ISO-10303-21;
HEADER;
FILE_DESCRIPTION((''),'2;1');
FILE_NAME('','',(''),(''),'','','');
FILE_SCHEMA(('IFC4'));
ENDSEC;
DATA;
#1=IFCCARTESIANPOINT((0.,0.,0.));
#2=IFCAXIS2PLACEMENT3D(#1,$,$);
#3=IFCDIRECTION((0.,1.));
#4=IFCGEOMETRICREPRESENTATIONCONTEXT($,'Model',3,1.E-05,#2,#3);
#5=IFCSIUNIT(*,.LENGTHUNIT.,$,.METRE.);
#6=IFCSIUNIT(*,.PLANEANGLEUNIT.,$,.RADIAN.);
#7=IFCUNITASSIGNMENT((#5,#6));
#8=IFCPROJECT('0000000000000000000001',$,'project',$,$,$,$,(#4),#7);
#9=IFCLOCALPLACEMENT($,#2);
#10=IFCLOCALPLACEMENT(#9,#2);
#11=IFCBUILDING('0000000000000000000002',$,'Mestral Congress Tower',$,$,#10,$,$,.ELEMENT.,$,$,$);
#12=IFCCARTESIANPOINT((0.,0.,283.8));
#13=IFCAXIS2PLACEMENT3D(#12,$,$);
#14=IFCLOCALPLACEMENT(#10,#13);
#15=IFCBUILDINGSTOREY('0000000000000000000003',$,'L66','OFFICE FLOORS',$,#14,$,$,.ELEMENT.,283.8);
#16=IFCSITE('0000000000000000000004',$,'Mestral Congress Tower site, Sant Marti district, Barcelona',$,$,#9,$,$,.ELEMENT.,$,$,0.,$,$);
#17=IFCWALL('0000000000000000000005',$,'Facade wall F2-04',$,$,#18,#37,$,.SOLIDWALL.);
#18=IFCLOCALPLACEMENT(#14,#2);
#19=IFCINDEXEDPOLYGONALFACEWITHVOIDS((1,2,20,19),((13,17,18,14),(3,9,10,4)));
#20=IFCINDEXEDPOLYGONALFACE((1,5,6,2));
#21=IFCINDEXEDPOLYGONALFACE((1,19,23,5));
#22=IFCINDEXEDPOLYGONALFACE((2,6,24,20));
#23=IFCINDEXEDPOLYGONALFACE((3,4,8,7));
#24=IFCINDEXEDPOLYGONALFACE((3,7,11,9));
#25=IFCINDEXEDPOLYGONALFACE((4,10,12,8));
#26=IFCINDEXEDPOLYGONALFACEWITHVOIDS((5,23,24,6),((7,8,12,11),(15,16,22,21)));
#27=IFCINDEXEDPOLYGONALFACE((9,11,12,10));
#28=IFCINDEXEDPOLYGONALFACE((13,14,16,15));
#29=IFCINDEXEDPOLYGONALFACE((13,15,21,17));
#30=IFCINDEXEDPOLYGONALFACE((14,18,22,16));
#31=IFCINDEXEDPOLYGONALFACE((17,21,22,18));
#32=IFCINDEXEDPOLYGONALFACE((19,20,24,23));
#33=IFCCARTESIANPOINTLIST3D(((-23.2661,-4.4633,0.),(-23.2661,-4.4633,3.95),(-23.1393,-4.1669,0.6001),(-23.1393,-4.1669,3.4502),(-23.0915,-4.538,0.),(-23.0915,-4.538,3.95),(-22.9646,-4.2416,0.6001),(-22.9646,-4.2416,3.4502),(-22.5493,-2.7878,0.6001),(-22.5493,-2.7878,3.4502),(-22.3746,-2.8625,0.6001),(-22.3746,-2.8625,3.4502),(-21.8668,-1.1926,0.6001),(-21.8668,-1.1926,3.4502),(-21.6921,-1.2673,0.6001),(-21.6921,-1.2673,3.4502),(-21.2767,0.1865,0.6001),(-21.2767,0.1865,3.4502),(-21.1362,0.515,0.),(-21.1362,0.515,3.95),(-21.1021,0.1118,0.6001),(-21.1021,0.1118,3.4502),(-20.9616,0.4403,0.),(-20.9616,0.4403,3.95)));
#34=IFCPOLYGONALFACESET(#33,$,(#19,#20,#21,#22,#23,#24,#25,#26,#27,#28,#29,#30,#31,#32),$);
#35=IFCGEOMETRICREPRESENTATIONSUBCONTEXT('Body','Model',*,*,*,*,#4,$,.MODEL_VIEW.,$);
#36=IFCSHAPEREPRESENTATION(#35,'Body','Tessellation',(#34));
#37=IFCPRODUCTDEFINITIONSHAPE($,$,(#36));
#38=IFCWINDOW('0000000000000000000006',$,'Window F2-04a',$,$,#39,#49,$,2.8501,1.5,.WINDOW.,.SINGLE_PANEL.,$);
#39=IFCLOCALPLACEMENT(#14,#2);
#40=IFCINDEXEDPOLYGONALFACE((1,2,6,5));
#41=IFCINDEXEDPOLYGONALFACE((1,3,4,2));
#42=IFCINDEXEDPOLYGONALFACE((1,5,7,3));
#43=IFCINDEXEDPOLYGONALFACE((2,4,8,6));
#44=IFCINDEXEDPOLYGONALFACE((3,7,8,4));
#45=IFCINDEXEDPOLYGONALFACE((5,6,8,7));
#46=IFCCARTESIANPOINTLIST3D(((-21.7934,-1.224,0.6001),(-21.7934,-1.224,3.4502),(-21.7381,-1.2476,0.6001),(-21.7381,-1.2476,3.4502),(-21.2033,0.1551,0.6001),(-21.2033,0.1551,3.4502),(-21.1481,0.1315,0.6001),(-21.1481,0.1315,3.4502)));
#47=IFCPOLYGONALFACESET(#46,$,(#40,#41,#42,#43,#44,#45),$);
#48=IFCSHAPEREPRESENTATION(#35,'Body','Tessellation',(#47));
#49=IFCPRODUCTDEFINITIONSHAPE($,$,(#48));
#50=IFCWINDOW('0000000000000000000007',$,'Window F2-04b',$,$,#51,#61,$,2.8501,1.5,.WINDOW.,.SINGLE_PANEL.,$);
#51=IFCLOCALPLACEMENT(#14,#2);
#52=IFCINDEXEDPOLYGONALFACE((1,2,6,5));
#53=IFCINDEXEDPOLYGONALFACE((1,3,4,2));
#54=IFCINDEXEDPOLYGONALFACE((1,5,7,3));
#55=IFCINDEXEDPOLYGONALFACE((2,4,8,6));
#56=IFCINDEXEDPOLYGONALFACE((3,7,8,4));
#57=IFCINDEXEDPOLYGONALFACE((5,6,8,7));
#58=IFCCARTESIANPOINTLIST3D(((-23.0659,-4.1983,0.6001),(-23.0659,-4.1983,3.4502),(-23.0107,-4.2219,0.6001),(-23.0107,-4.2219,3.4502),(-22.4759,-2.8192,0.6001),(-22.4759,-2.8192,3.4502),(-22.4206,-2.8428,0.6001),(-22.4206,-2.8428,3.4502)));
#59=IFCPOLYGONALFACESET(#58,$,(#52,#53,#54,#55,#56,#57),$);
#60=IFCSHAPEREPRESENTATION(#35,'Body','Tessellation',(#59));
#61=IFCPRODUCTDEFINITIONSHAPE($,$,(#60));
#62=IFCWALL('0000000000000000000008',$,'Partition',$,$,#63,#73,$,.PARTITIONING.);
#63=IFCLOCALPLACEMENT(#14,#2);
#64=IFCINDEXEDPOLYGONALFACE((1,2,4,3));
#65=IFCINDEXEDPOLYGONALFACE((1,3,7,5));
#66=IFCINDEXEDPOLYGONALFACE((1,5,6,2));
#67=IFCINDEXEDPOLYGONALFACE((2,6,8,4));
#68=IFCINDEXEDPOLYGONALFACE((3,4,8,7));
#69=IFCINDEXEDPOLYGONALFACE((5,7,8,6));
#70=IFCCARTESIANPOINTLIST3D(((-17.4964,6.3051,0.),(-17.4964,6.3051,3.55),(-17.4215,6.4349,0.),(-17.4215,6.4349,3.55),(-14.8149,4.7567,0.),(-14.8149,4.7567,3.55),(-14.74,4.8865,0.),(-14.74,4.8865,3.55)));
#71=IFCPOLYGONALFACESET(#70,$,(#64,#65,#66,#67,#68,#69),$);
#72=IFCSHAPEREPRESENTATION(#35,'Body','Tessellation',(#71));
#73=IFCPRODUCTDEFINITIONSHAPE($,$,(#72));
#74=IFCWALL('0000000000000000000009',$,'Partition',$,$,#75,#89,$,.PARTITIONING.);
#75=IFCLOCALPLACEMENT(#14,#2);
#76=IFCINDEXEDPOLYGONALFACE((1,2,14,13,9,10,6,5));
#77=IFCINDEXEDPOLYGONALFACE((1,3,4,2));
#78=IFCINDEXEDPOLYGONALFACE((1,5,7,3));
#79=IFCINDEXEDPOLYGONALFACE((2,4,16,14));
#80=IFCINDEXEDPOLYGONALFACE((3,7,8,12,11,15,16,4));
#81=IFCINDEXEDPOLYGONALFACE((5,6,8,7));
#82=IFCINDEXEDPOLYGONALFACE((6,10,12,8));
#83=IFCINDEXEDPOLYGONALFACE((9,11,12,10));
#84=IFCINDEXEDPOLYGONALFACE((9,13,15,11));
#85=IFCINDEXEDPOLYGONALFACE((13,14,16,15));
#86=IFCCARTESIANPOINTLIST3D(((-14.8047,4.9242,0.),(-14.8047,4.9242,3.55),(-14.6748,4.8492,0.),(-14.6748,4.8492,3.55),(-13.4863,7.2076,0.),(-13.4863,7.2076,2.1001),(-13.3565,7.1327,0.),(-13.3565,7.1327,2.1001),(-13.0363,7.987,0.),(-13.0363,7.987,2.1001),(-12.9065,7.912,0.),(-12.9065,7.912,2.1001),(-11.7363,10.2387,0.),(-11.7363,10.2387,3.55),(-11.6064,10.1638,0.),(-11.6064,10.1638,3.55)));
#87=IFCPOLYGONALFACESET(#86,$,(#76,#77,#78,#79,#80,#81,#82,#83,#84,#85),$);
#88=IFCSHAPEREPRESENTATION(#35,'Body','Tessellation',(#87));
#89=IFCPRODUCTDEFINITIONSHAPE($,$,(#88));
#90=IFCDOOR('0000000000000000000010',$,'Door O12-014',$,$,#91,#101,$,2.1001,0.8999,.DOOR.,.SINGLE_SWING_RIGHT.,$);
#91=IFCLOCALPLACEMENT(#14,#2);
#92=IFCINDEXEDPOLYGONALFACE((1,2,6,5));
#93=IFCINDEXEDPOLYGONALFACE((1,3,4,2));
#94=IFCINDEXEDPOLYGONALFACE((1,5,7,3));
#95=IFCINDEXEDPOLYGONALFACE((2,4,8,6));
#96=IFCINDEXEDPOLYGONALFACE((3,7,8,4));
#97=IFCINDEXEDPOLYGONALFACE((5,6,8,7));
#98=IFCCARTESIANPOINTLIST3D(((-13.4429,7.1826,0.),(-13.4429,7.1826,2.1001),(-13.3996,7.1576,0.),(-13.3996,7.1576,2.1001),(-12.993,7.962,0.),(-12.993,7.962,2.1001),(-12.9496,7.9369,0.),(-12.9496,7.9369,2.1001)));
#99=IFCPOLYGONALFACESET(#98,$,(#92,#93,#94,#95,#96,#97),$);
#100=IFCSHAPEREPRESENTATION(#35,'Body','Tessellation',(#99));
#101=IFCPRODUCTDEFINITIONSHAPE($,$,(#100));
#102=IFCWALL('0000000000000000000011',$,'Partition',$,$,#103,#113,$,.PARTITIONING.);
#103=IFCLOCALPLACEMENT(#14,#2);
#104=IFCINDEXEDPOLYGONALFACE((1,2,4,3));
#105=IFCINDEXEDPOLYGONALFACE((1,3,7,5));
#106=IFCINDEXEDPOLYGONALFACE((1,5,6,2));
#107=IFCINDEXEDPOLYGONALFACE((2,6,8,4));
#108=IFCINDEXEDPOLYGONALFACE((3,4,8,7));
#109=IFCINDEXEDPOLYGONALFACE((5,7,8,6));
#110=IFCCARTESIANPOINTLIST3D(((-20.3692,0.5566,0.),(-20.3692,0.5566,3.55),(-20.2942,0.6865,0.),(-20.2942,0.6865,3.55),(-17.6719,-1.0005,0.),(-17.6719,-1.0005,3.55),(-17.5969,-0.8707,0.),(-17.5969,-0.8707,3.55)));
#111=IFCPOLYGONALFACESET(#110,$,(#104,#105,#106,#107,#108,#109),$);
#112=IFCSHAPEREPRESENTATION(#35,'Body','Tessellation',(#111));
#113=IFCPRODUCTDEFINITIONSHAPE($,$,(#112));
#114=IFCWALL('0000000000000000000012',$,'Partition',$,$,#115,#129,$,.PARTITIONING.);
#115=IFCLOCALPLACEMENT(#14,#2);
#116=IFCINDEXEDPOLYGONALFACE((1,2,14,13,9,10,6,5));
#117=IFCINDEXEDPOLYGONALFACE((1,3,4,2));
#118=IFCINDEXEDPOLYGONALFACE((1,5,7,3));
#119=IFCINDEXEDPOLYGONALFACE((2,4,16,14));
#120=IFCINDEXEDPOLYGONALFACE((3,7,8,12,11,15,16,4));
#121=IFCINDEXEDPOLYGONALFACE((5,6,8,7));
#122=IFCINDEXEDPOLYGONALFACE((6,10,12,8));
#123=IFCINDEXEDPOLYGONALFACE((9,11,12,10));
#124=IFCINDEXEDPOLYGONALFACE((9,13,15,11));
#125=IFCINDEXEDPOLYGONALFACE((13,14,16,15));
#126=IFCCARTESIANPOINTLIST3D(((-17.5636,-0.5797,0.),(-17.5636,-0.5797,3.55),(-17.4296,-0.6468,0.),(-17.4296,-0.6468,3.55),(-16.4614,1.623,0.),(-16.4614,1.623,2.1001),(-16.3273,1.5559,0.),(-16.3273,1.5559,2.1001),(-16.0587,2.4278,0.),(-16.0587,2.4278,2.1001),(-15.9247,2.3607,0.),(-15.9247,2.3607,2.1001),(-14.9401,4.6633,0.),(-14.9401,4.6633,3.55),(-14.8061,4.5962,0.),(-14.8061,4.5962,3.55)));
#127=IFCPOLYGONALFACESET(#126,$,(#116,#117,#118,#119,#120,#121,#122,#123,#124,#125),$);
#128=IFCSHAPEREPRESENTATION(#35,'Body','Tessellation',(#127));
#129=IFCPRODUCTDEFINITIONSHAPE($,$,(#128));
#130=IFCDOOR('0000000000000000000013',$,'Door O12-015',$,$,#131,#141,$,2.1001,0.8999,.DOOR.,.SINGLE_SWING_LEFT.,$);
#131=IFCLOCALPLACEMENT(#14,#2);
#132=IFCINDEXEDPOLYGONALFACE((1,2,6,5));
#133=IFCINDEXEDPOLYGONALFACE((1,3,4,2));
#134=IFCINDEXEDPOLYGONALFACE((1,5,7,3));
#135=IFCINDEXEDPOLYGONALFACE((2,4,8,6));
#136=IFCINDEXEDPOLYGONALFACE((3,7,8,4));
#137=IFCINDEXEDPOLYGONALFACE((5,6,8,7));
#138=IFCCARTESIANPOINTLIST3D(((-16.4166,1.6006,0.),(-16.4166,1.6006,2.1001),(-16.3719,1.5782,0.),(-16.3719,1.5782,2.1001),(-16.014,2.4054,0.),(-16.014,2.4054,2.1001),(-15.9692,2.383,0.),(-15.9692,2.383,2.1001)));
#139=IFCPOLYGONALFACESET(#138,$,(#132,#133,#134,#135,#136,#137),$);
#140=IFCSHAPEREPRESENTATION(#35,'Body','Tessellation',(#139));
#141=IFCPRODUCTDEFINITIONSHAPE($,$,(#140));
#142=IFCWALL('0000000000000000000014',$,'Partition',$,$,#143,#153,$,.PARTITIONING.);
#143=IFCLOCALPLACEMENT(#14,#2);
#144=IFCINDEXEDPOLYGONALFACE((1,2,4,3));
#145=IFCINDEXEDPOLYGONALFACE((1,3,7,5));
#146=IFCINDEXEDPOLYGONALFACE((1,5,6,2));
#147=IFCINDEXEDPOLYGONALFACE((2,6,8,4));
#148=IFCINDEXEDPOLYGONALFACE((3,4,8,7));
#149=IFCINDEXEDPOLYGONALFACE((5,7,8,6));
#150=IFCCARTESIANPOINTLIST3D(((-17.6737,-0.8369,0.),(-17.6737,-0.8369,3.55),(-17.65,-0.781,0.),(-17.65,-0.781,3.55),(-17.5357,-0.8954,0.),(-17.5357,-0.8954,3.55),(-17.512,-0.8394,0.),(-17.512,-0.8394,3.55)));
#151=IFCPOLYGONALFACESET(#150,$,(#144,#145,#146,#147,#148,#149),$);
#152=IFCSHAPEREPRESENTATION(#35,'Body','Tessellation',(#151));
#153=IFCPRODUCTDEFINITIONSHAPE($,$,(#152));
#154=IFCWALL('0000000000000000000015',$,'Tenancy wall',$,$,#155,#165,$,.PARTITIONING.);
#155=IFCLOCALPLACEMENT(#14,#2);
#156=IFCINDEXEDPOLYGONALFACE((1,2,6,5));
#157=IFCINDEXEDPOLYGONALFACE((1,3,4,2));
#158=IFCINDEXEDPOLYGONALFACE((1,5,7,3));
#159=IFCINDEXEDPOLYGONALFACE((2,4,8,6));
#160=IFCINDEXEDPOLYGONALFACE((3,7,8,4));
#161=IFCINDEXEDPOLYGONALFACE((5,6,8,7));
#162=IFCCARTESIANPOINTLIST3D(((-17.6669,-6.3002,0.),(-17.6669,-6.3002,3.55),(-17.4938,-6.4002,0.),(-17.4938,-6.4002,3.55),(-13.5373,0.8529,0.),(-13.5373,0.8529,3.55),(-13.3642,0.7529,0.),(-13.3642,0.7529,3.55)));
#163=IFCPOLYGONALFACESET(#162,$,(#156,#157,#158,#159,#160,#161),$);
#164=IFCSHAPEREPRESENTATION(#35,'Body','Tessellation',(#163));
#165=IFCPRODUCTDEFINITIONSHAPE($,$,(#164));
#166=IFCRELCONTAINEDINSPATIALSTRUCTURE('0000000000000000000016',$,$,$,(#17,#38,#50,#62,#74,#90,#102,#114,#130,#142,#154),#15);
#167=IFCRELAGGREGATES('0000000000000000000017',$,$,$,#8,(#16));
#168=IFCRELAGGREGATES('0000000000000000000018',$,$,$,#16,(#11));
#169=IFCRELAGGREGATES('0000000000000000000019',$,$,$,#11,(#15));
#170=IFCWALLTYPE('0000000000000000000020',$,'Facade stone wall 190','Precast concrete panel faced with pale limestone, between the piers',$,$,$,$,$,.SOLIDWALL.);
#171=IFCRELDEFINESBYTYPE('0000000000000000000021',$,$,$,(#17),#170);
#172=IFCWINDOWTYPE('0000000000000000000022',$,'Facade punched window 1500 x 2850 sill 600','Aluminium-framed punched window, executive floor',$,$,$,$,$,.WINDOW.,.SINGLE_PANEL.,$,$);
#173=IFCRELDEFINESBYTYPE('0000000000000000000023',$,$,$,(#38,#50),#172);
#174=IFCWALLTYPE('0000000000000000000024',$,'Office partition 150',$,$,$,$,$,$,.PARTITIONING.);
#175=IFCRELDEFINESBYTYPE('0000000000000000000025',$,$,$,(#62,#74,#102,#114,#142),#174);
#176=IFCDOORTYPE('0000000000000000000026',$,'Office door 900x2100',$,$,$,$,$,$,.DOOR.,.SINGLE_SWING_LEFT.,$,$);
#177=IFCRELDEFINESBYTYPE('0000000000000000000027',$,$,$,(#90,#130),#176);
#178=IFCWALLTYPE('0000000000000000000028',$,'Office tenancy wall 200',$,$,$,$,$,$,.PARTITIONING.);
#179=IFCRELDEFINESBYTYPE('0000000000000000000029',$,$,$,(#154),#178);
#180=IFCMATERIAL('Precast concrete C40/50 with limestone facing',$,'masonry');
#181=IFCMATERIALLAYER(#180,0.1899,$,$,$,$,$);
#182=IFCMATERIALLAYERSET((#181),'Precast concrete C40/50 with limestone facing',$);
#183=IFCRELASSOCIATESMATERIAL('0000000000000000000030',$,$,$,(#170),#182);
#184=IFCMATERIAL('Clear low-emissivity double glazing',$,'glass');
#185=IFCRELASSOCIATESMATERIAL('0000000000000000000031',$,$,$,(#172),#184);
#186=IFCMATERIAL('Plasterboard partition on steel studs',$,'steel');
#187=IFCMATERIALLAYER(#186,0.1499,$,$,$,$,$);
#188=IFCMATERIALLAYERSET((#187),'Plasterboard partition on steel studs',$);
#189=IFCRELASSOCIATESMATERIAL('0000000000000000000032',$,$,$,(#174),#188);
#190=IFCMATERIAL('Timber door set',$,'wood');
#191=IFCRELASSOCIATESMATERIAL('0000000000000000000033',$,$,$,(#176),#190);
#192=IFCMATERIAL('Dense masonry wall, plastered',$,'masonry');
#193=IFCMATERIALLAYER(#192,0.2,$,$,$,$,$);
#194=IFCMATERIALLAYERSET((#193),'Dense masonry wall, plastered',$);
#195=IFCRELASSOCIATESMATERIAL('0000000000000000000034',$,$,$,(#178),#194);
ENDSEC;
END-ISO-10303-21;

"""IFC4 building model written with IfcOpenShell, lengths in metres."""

from ifc_helpers import new_model, si_unit, direction, frame, frame_2d, origin, place, context, subcontext, project, spatial, rectangle, extrude, material, layer, layer_set, type_object, element, fill, save


model = new_model("IFC4")

# Units and contexts
model_context = context("Model", 3, precision=1e-05, world=origin(), true_north=direction((0.0, 1.0)))
body_context = subcontext(model_context, "Body", "Model", "MODEL_VIEW")
ifc_project = project(units=[si_unit("LENGTHUNIT", "METRE"), si_unit("PLANEANGLEUNIT", "RADIAN")], contexts=[model_context])

# Site, building, storey
site_placement = place(None, origin())
site = spatial("IfcSite", under=ifc_project, at=site_placement, Name="Mestral Congress Tower site, Sant Marti district, Barcelona", CompositionType="ELEMENT", RefElevation=0.0)
building_placement = place(site_placement, origin())
building = spatial("IfcBuilding", under=site, at=building_placement, Name="Mestral Congress Tower", CompositionType="ELEMENT")
storey_placement = place(building_placement, frame((0.0, 0.0, 283.8)))
storey = spatial("IfcBuildingStorey", under=building, at=storey_placement, Name="L66", Description="OFFICE FLOORS", CompositionType="ELEMENT", Elevation=283.8)

# Wall, openings, windows
ifc_material_1 = material(Name="Precast concrete C40/50 with limestone facing", Category="masonry")
ifc_layer_1 = layer(ifc_material_1, 0.1899)
ifc_layer_set_1 = layer_set([ifc_layer_1], Name="Precast concrete C40/50 with limestone facing")
wall_type_1 = type_object("IfcWallType", Name="Facade stone wall 190", Description="Precast concrete panel faced with pale limestone, between the piers", PredefinedType="SOLIDWALL", material=ifc_layer_set_1)
ifc_material_2 = material(Name="Clear low-emissivity double glazing", Category="glass")
window_type = type_object("IfcWindowType", Name="Facade punched window 1500 x 2850 sill 600", Description="Aluminium-framed punched window, executive floor", PartitioningType="SINGLE_PANEL", PredefinedType="WINDOW", material=ifc_material_2)
wall_1_placement = place(storey_placement, frame((-21.0488, 0.4778, 0.0), z_axis=(0.0, 0.0, 1.0), x_axis=(-0.393348, -0.91939, 0.0)))
wall_1 = element("IfcWall", 1, at=wall_1_placement, inside=storey, type_object=wall_type_1, Name="Facade wall F2-04", PredefinedType="SOLIDWALL", context=body_context, shape_type="SweptSolid", body=[
    extrude(rectangle(XDim=5.4148, YDim=0.1899, at=frame_2d((2.7075, 0.0))), origin(), (0.0, 0.0, 1.0), 3.95),
])
opening_1_placement = place(wall_1_placement, frame((0.3574, 0.0, 0.6001)))
opening_1 = element("IfcOpeningElement", 2, at=opening_1_placement, cuts=wall_1, PredefinedType="OPENING", context=body_context, shape_type="SweptSolid", body=[
    extrude(rectangle(XDim=1.5, YDim=2.8501, at=frame_2d((0.75, 1.425))), frame((0.0, 0.105, 0.0), z_axis=(0.0, -1.0, 0.0), x_axis=(1.0, 0.0, 0.0)), (0.0, 0.0, 1.0), 0.21),
])
opening_2_placement = place(wall_1_placement, frame((3.5925, 0.0, 0.6001)))
opening_2 = element("IfcOpeningElement", 3, at=opening_2_placement, cuts=wall_1, PredefinedType="OPENING", context=body_context, shape_type="SweptSolid", body=[
    extrude(rectangle(XDim=1.5, YDim=2.8501, at=frame_2d((0.75, 1.425))), frame((0.0, 0.105, 0.0), z_axis=(0.0, -1.0, 0.0), x_axis=(1.0, 0.0, 0.0)), (0.0, 0.0, 1.0), 0.21),
])
window_1_placement = place(opening_1_placement, origin())
window_1 = element("IfcWindow", 4, at=window_1_placement, inside=storey, type_object=window_type, Name="Window F2-04a", OverallHeight=2.8501, OverallWidth=1.5, PartitioningType="SINGLE_PANEL", PredefinedType="WINDOW", context=body_context, shape_type="SweptSolid", body=[
    extrude(rectangle(XDim=1.5, YDim=2.8501, at=frame_2d((0.75, 1.425))), frame((0.0, 0.0449, 0.0), z_axis=(0.0, -1.0, 0.0), x_axis=(1.0, 0.0, 0.0)), (0.0, 0.0, 1.0), 0.0601),
])
fill(opening_1, window_1)
window_2_placement = place(opening_2_placement, origin())
window_2 = element("IfcWindow", 5, at=window_2_placement, inside=storey, type_object=window_type, Name="Window F2-04b", OverallHeight=2.8501, OverallWidth=1.5, PartitioningType="SINGLE_PANEL", PredefinedType="WINDOW", context=body_context, shape_type="SweptSolid", body=[
    extrude(rectangle(XDim=1.5, YDim=2.8501, at=frame_2d((0.75, 1.425))), frame((0.0, 0.0449, 0.0), z_axis=(0.0, -1.0, 0.0), x_axis=(1.0, 0.0, 0.0)), (0.0, 0.0, 1.0), 0.0601),
])
fill(opening_2, window_2)

# Wall
ifc_material_3 = material(Name="Plasterboard partition on steel studs", Category="steel")
ifc_layer_2 = layer(ifc_material_3, 0.1499)
ifc_layer_set_2 = layer_set([ifc_layer_2], Name="Plasterboard partition on steel studs")
wall_type_2 = type_object("IfcWallType", Name="Office partition 150", PredefinedType="PARTITIONING", material=ifc_layer_set_2)
wall_2_placement = place(storey_placement, frame((-14.7773, 4.8215, 0.0), z_axis=(0.0, 0.0, 1.0), x_axis=(-0.865993, 0.500057, 0.0)))
element("IfcWall", 6, at=wall_2_placement, inside=storey, type_object=wall_type_2, Name="Partition", PredefinedType="PARTITIONING", context=body_context, shape_type="SweptSolid", body=[
    extrude(rectangle(XDim=3.0964, YDim=0.1499, at=frame_2d((1.5483, 0.0))), origin(), (0.0, 0.0, 1.0), 3.55),
])

# Wall, opening, door
wall_3_placement = place(storey_placement, frame((-14.7397, 4.8867, 0.0), z_axis=(0.0, 0.0, 1.0), x_axis=(0.500007, 0.866021, 0.0)))
wall_3 = element("IfcWall", 7, at=wall_3_placement, inside=storey, type_object=wall_type_2, Name="Partition", PredefinedType="PARTITIONING", context=body_context, shape_type="SweptSolid", body=[
    extrude(rectangle(XDim=6.1367, YDim=0.1499, at=frame_2d((3.0684, 0.0))), origin(), (0.0, 0.0, 1.0), 3.55),
])
opening_3_placement = place(wall_3_placement, frame((2.6367, 0.0, 0.0)))
opening_3 = element("IfcOpeningElement", 8, at=opening_3_placement, cuts=wall_3, PredefinedType="OPENING", context=body_context, shape_type="SweptSolid", body=[
    extrude(rectangle(XDim=0.8999, YDim=2.1001, at=frame_2d((0.45, 1.05))), frame((0.0, 0.085, 0.0), z_axis=(0.0, -1.0, 0.0), x_axis=(1.0, 0.0, 0.0)), (0.0, 0.0, 1.0), 0.1699),
])
ifc_material_4 = material(Name="Timber door set", Category="wood")
door_type_1 = type_object("IfcDoorType", Name="Office door 900x2100", OperationType="SINGLE_SWING_LEFT", PredefinedType="DOOR", material=ifc_material_4)
door_1_placement = place(opening_3_placement, origin())
door_1 = element("IfcDoor", 9, at=door_1_placement, inside=storey, type_object=door_type_1, Name="Door O12-014", OperationType="SINGLE_SWING_RIGHT", OverallHeight=2.1001, OverallWidth=0.8999, PredefinedType="DOOR", context=body_context, shape_type="SweptSolid", body=[
    extrude(rectangle(XDim=0.8999, YDim=2.1001, at=frame_2d((0.45, 1.05))), frame((0.0, 0.0249, 0.0), z_axis=(0.0, -1.0, 0.0), x_axis=(1.0, 0.0, 0.0)), (0.0, 0.0, 1.0), 0.05),
])
fill(opening_3, door_1)

# Wall
wall_4_placement = place(storey_placement, frame((-17.6345, -0.9355, 0.0), z_axis=(0.0, 0.0, 1.0), x_axis=(-0.866045, 0.499967, 0.0)))
element("IfcWall", 10, at=wall_4_placement, inside=storey, type_object=wall_type_2, Name="Partition", PredefinedType="PARTITIONING", context=body_context, shape_type="SweptSolid", body=[
    extrude(rectangle(XDim=3.1145, YDim=0.1499, at=frame_2d((1.5571, 0.0))), origin(), (0.0, 0.0, 1.0), 3.55),
])

# Wall, opening, door
wall_5_placement = place(storey_placement, frame((-17.4966, -0.6133, 0.0), z_axis=(0.0, 0.0, 1.0), x_axis=(0.44748, 0.894294, 0.0)))
wall_5 = element("IfcWall", 11, at=wall_5_placement, inside=storey, type_object=wall_type_2, Name="Partition", PredefinedType="PARTITIONING", context=body_context, shape_type="SweptSolid", body=[
    extrude(rectangle(XDim=5.8628, YDim=0.1499, at=frame_2d((2.9314, 0.0))), origin(), (0.0, 0.0, 1.0), 3.55),
])
opening_4_placement = place(wall_5_placement, frame((2.4631, 0.0, 0.0)))
opening_4 = element("IfcOpeningElement", 12, at=opening_4_placement, cuts=wall_5, PredefinedType="OPENING", context=body_context, shape_type="SweptSolid", body=[
    extrude(rectangle(XDim=0.8999, YDim=2.1001, at=frame_2d((0.45, 1.05))), frame((0.0, 0.085, 0.0), z_axis=(0.0, -1.0, 0.0), x_axis=(1.0, 0.0, 0.0)), (0.0, 0.0, 1.0), 0.1699),
])
door_2_placement = place(opening_4_placement, origin())
door_2 = element("IfcDoor", 13, at=door_2_placement, inside=storey, type_object=door_type_1, Name="Door O12-015", OperationType="SINGLE_SWING_LEFT", OverallHeight=2.1001, OverallWidth=0.8999, PredefinedType="DOOR", context=body_context, shape_type="SweptSolid", body=[
    extrude(rectangle(XDim=0.8999, YDim=2.1001, at=frame_2d((0.45, 1.05))), frame((0.0, 0.0249, 0.0), z_axis=(0.0, -1.0, 0.0), x_axis=(1.0, 0.0, 0.0)), (0.0, 0.0, 1.0), 0.05),
])
fill(opening_4, door_2)

# Walls
wall_6_placement = place(storey_placement, frame((-17.5811, -0.8103, 0.0), z_axis=(0.0, 0.0, 1.0), x_axis=(-0.390033, -0.920801, 0.0)))
element("IfcWall", 14, at=wall_6_placement, inside=storey, type_object=wall_type_2, Name="Partition", PredefinedType="PARTITIONING", context=body_context, shape_type="SweptSolid", body=[
    extrude(rectangle(XDim=0.0608, YDim=0.1499, at=frame_2d((0.0303, 0.0))), origin(), (0.0, 0.0, 1.0), 3.55),
])
ifc_material_5 = material(Name="Dense masonry wall, plastered", Category="masonry")
ifc_layer_3 = layer(ifc_material_5, 0.2)
ifc_layer_set_3 = layer_set([ifc_layer_3], Name="Dense masonry wall, plastered")
wall_type_3 = type_object("IfcWallType", Name="Office tenancy wall 200", PredefinedType="PARTITIONING", material=ifc_layer_set_3)
wall_7_placement = place(storey_placement, frame((-13.4507, 0.803, 0.0), z_axis=(0.0, 0.0, 1.0), x_axis=(-0.499983, -0.866035, 0.0)))
element("IfcWall", 15, at=wall_7_placement, inside=storey, type_object=wall_type_3, Name="Tenancy wall", PredefinedType="PARTITIONING", context=body_context, shape_type="SweptSolid", body=[
    extrude(rectangle(XDim=8.2595, YDim=0.2, at=frame_2d((4.1299, 0.0))), origin(), (0.0, 0.0, 1.0), 3.55),
])

save(model, "model.ifc")
